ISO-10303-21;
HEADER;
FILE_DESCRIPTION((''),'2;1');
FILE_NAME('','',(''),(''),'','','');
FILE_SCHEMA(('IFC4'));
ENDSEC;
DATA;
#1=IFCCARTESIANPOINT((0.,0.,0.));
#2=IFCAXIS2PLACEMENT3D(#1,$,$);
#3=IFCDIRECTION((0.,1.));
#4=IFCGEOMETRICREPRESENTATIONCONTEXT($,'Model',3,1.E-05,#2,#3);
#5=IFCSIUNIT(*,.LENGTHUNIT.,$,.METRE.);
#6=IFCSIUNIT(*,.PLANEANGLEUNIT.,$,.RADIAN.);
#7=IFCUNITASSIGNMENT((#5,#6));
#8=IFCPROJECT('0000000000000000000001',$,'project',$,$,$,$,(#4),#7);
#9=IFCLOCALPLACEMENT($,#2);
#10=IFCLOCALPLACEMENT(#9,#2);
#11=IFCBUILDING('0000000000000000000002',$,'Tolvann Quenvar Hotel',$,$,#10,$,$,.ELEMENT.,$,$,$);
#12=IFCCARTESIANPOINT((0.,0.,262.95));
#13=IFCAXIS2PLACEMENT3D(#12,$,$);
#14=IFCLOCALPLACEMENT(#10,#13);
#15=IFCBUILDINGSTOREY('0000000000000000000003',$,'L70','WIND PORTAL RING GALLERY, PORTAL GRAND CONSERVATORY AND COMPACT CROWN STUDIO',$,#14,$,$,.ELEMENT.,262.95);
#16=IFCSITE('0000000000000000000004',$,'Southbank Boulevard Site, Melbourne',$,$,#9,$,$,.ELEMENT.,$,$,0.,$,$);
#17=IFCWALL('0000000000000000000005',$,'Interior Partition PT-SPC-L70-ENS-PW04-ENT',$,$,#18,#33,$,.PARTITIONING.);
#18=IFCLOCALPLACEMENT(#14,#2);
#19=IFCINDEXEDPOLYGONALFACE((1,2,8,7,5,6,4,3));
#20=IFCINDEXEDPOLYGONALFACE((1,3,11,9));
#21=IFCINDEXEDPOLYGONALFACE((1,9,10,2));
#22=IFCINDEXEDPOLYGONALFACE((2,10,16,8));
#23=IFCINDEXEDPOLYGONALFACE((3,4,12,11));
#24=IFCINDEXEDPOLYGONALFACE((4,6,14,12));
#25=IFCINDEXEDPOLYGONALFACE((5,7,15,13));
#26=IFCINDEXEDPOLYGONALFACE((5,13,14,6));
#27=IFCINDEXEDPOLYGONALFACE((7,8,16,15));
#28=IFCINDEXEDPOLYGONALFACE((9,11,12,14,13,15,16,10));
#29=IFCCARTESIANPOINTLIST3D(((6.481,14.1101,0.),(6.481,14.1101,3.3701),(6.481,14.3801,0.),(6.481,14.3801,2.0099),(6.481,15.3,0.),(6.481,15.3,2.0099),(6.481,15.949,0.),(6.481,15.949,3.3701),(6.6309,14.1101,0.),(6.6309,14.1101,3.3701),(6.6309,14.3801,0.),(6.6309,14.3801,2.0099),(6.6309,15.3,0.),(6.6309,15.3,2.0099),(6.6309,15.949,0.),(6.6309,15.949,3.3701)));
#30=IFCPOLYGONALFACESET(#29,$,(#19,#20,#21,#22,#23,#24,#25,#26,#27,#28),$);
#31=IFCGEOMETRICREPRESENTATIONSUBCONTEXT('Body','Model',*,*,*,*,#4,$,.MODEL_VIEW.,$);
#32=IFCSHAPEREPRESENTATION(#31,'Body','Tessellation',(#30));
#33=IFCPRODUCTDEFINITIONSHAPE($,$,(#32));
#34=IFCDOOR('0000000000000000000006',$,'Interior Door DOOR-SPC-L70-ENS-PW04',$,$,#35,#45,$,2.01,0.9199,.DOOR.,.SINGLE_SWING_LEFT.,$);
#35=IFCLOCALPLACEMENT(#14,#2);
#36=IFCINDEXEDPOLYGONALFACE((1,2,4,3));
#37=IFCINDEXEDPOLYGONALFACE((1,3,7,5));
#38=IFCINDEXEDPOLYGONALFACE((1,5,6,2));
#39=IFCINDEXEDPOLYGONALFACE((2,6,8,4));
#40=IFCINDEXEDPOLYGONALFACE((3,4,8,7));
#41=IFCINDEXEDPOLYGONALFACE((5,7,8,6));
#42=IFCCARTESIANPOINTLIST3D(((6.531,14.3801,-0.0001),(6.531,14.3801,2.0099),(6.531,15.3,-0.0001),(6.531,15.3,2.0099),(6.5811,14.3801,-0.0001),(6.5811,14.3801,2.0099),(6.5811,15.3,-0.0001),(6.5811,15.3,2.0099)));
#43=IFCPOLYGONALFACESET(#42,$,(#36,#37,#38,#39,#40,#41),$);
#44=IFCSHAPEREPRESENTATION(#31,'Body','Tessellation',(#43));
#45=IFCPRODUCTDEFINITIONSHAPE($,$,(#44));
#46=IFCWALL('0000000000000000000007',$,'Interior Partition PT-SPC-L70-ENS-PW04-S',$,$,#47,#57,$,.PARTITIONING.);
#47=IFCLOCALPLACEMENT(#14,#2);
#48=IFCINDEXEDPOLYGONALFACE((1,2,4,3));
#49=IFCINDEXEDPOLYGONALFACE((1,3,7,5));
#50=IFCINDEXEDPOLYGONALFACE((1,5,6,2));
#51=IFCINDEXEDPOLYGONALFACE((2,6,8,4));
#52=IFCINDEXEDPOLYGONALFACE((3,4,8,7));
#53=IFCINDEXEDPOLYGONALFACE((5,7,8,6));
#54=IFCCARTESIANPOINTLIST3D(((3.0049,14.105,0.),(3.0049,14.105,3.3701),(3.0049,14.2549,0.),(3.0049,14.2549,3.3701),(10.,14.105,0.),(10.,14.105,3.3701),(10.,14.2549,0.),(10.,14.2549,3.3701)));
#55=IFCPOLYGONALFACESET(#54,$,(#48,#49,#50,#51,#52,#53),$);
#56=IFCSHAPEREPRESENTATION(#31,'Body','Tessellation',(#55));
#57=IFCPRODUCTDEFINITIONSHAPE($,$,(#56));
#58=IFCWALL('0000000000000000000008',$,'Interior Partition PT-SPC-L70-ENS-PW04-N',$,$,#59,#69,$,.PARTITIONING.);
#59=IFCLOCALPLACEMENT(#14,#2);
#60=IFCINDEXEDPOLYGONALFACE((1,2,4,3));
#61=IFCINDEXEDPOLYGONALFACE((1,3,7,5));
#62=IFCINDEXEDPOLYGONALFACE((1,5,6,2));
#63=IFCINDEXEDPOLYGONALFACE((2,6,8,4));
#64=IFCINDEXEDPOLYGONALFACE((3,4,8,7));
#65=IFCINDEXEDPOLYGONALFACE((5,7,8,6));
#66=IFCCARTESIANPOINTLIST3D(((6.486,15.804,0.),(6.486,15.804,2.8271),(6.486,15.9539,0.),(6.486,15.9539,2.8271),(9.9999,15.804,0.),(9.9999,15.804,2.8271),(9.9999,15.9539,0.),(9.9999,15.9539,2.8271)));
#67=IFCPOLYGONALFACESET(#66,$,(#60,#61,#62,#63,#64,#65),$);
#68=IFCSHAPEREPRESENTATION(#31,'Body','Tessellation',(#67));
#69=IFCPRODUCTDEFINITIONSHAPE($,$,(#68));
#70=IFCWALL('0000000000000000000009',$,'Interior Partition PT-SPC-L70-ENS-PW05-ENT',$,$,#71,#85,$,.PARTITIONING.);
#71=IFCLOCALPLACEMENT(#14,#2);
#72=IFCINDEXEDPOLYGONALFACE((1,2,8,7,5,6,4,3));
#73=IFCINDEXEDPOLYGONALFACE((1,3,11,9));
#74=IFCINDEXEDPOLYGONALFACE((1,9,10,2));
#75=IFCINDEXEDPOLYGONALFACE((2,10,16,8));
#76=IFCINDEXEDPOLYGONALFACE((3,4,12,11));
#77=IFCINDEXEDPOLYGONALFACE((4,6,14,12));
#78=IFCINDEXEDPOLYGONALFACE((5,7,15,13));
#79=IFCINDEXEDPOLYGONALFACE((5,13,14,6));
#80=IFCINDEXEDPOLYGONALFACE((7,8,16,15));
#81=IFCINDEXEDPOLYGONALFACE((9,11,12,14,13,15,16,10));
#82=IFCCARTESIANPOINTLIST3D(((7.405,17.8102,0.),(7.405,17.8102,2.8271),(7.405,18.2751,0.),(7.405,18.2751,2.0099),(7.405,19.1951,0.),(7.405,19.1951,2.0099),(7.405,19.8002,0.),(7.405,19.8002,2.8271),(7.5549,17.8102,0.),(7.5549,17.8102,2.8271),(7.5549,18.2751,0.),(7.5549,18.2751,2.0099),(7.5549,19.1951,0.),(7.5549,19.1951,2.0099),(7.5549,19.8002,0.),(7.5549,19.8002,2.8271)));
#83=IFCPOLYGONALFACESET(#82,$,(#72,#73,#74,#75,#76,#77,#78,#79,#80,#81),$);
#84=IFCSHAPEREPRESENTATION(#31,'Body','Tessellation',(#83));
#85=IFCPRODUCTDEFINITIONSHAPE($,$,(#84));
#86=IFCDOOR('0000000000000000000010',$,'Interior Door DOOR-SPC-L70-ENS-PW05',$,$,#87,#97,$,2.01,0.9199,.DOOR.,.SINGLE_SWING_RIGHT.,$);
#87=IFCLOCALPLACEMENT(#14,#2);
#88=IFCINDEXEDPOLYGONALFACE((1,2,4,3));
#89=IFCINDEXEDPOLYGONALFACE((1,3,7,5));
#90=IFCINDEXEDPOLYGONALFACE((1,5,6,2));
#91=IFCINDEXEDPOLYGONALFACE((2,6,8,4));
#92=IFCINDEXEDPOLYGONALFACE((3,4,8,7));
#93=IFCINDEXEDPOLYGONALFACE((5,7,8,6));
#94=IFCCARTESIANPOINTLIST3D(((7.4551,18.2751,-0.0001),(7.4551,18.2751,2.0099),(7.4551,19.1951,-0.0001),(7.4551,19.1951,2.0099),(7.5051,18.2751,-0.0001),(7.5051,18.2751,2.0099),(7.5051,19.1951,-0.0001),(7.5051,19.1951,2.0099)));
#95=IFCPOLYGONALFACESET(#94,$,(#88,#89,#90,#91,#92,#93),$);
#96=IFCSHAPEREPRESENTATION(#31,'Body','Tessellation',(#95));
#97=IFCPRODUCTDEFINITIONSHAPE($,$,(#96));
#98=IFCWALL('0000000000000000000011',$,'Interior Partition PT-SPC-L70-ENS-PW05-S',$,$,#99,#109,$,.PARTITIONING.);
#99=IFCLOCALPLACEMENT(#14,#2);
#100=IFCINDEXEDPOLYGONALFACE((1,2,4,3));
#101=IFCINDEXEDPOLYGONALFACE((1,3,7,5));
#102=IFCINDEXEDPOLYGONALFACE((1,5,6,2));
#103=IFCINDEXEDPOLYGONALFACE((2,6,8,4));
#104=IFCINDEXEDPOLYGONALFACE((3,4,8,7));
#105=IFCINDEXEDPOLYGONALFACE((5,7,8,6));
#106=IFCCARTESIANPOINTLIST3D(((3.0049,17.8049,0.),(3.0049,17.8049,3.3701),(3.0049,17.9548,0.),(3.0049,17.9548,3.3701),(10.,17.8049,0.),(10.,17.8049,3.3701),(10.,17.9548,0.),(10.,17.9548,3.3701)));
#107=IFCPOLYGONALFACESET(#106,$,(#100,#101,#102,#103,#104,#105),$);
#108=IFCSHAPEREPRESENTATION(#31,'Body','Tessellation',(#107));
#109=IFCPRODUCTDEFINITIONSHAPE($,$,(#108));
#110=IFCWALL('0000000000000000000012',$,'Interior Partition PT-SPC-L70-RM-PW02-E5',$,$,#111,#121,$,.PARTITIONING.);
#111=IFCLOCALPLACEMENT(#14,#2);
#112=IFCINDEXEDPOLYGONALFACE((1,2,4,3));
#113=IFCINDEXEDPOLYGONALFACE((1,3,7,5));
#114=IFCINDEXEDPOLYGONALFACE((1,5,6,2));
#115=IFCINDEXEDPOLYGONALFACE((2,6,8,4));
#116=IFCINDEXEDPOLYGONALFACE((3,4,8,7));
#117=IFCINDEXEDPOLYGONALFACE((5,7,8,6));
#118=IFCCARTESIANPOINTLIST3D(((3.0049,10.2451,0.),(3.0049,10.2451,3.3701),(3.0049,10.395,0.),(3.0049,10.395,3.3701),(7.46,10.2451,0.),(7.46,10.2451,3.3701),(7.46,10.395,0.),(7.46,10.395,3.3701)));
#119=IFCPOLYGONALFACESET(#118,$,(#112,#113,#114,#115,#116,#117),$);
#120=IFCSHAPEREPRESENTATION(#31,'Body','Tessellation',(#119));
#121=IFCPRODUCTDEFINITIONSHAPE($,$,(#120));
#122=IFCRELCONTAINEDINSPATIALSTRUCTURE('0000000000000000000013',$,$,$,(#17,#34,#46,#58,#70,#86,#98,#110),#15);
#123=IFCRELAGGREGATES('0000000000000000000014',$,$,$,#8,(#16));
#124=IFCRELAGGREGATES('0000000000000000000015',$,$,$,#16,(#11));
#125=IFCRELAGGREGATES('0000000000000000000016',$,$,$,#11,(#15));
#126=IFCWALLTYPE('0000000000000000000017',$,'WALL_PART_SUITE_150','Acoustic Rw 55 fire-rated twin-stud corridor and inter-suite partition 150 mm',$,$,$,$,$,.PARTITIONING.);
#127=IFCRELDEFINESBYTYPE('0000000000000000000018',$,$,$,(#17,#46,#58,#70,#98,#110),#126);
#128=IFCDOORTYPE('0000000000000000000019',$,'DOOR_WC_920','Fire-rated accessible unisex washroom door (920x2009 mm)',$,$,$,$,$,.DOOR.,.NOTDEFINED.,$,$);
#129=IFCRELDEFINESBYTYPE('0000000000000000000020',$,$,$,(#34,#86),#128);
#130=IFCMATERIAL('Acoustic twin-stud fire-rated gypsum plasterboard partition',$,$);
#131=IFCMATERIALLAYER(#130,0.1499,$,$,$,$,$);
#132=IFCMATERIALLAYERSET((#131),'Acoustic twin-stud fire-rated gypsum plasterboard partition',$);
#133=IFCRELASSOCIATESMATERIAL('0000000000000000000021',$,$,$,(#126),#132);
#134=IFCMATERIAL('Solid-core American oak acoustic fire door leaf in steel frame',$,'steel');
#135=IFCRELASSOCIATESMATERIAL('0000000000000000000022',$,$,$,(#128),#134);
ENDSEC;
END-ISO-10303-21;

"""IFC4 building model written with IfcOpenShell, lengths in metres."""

from ifc_helpers import new_model, si_unit, direction, frame, frame_2d, origin, place, context, subcontext, project, spatial, rectangle, extrude, source, transform, mapped, material, layer, layer_set, type_object, type_shapes, element, fill, save


model = new_model("IFC4")

# Units and contexts
model_context = context("Model", 3, precision=1e-05, world=origin(), true_north=direction((0.0, 1.0)))
body_context = subcontext(model_context, "Body", "Model", "MODEL_VIEW")
ifc_project = project(units=[si_unit("LENGTHUNIT", "METRE"), si_unit("PLANEANGLEUNIT", "RADIAN")], contexts=[model_context])

# Site, building, storey
site_placement = place(None, origin())
site = spatial("IfcSite", under=ifc_project, at=site_placement, Name="Southbank Boulevard Site, Melbourne", CompositionType="ELEMENT", RefElevation=0.0)
building_placement = place(site_placement, origin())
building = spatial("IfcBuilding", under=site, at=building_placement, Name="Tolvann Quenvar Hotel", CompositionType="ELEMENT")
storey_placement = place(building_placement, frame((0.0, 0.0, 262.95)))
storey = spatial("IfcBuildingStorey", under=building, at=storey_placement, Name="L70", Description="WIND PORTAL RING GALLERY, PORTAL GRAND CONSERVATORY AND COMPACT CROWN STUDIO", CompositionType="ELEMENT", Elevation=262.95)

# Shared definitions
ifc_material_1 = material(Name="Acoustic twin-stud fire-rated gypsum plasterboard partition")
ifc_layer_1 = layer(ifc_material_1, 0.1499)
ifc_layer_set_1 = layer_set([ifc_layer_1], Name="Acoustic twin-stud fire-rated gypsum plasterboard partition")
wall_type_1 = type_object("IfcWallType", Name="WALL_PART_SUITE_150", Description="Acoustic Rw 55 fire-rated twin-stud corridor and inter-suite partition 150 mm", PredefinedType="PARTITIONING", material=ifc_layer_set_1)

# Shared definitions
ifc_material_2 = material(Name="Solid-core American oak acoustic fire door leaf in steel frame", Category="steel")
door_type = type_object("IfcDoorType", Name="DOOR_WC_920", Description="Fire-rated accessible unisex washroom door (920x2009 mm)", OperationType="NOTDEFINED", PredefinedType="DOOR", material=ifc_material_2)
shared_shape_1 = source(origin(), body_context, "Body", "SweptSolid", [
    extrude(rectangle(XDim=0.9199, YDim=2.01, at=frame_2d((0.46, 1.0049))), frame((0.0, 0.0249, 0.0), z_axis=(0.0, -1.0, 0.0), x_axis=(1.0, 0.0, 0.0)), (0.0, 0.0, 1.0), 0.05),
])
type_shapes(door_type, [shared_shape_1])

# Wall, opening, door
wall_1_placement = place(storey_placement, frame((6.5559, 14.1101, 0.0), z_axis=(0.0, 0.0, 1.0), x_axis=(0.0, 1.0, 0.0)))
wall_1 = element("IfcWall", 1, at=wall_1_placement, inside=storey, type_object=wall_type_1, Name="Interior Partition PT-SPC-L70-ENS-PW04-ENT", PredefinedType="PARTITIONING", context=body_context, shape_type="SweptSolid", body=[
    extrude(rectangle(XDim=1.8389, YDim=0.1499, at=frame_2d((0.9194, 0.0))), origin(), (0.0, 0.0, 1.0), 3.3701),
])
opening_1_placement = place(wall_1_placement, frame((0.27, 0.0, 0.0)))
opening_1 = element("IfcOpeningElement", 2, at=opening_1_placement, cuts=wall_1, PredefinedType="OPENING", context=body_context, shape_type="SweptSolid", body=[
    extrude(rectangle(XDim=0.9199, YDim=2.01, at=frame_2d((0.46, 1.0049))), frame((0.0, 0.085, 0.0), z_axis=(0.0, -1.0, 0.0), x_axis=(1.0, 0.0, 0.0)), (0.0, 0.0, 1.0), 0.1699),
])
door_1_placement = place(opening_1_placement, origin())
door_1 = element("IfcDoor", 3, at=door_1_placement, inside=storey, type_object=door_type, Name="Interior Door DOOR-SPC-L70-ENS-PW04", OperationType="SINGLE_SWING_LEFT", OverallHeight=2.01, OverallWidth=0.9199, PredefinedType="DOOR", context=body_context, shape_type="MappedRepresentation", body=[
    mapped(shared_shape_1, transform((0.0, 0.0, 0.0), x_axis=(1.0, 0.0, 0.0), y_axis=(0.0, 1.0, 0.0), z_axis=(0.0, 0.0, 1.0), scale=1.0)),
])
fill(opening_1, door_1)

# Walls
wall_2_placement = place(storey_placement, frame((3.0049, 14.1799, 0.0), z_axis=(0.0, 0.0, 1.0), x_axis=(1.0, 0.0, 0.0)))
element("IfcWall", 4, at=wall_2_placement, inside=storey, type_object=wall_type_1, Name="Interior Partition PT-SPC-L70-ENS-PW04-S", PredefinedType="PARTITIONING", context=body_context, shape_type="SweptSolid", body=[
    extrude(rectangle(XDim=6.9951, YDim=0.1499, at=frame_2d((3.4976, 0.0))), origin(), (0.0, 0.0, 1.0), 3.3701),
])
wall_3_placement = place(storey_placement, frame((6.4861, 15.8789, 0.0), z_axis=(0.0, 0.0, 1.0), x_axis=(1.0, 0.0, 0.0)))
element("IfcWall", 5, at=wall_3_placement, inside=storey, type_object=wall_type_1, Name="Interior Partition PT-SPC-L70-ENS-PW04-N", PredefinedType="PARTITIONING", context=body_context, shape_type="SweptSolid", body=[
    extrude(rectangle(XDim=3.5139, YDim=0.1499, at=frame_2d((1.7568, 0.0))), origin(), (0.0, 0.0, 1.0), 2.8271),
])

# Wall, opening, door
wall_4_placement = place(storey_placement, frame((7.48, 17.8101, 0.0), z_axis=(0.0, 0.0, 1.0), x_axis=(0.0, 1.0, 0.0)))
wall_4 = element("IfcWall", 6, at=wall_4_placement, inside=storey, type_object=wall_type_1, Name="Interior Partition PT-SPC-L70-ENS-PW05-ENT", PredefinedType="PARTITIONING", context=body_context, shape_type="SweptSolid", body=[
    extrude(rectangle(XDim=1.99, YDim=0.1499, at=frame_2d((0.9951, 0.0))), origin(), (0.0, 0.0, 1.0), 2.8271),
])
opening_2_placement = place(wall_4_placement, frame((0.4651, 0.0, 0.0)))
opening_2 = element("IfcOpeningElement", 7, at=opening_2_placement, cuts=wall_4, PredefinedType="OPENING", context=body_context, shape_type="SweptSolid", body=[
    extrude(rectangle(XDim=0.9199, YDim=2.01, at=frame_2d((0.46, 1.0049))), frame((0.0, 0.085, 0.0), z_axis=(0.0, -1.0, 0.0), x_axis=(1.0, 0.0, 0.0)), (0.0, 0.0, 1.0), 0.1699),
])
door_2_placement = place(opening_2_placement, origin())
door_2 = element("IfcDoor", 8, at=door_2_placement, inside=storey, type_object=door_type, Name="Interior Door DOOR-SPC-L70-ENS-PW05", OperationType="SINGLE_SWING_RIGHT", OverallHeight=2.01, OverallWidth=0.9199, PredefinedType="DOOR", context=body_context, shape_type="MappedRepresentation", body=[
    mapped(shared_shape_1, transform((0.0, 0.0, 0.0), x_axis=(1.0, 0.0, 0.0), y_axis=(0.0, 1.0, 0.0), z_axis=(0.0, 0.0, 1.0), scale=1.0)),
])
fill(opening_2, door_2)

# Walls
wall_5_placement = place(storey_placement, frame((3.0049, 17.8799, 0.0), z_axis=(0.0, 0.0, 1.0), x_axis=(1.0, 0.0, 0.0)))
element("IfcWall", 9, at=wall_5_placement, inside=storey, type_object=wall_type_1, Name="Interior Partition PT-SPC-L70-ENS-PW05-S", PredefinedType="PARTITIONING", context=body_context, shape_type="SweptSolid", body=[
    extrude(rectangle(XDim=6.9951, YDim=0.1499, at=frame_2d((3.4976, 0.0))), origin(), (0.0, 0.0, 1.0), 3.3701),
])
wall_6_placement = place(storey_placement, frame((3.0049, 10.3201, 0.0), z_axis=(0.0, 0.0, 1.0), x_axis=(1.0, 0.0, 0.0)))
element("IfcWall", 10, at=wall_6_placement, inside=storey, type_object=wall_type_1, Name="Interior Partition PT-SPC-L70-RM-PW02-E5", PredefinedType="PARTITIONING", context=body_context, shape_type="SweptSolid", body=[
    extrude(rectangle(XDim=4.4551, YDim=0.1499, at=frame_2d((2.2275, 0.0))), origin(), (0.0, 0.0, 1.0), 3.3701),
])

save(model, "model.ifc")
